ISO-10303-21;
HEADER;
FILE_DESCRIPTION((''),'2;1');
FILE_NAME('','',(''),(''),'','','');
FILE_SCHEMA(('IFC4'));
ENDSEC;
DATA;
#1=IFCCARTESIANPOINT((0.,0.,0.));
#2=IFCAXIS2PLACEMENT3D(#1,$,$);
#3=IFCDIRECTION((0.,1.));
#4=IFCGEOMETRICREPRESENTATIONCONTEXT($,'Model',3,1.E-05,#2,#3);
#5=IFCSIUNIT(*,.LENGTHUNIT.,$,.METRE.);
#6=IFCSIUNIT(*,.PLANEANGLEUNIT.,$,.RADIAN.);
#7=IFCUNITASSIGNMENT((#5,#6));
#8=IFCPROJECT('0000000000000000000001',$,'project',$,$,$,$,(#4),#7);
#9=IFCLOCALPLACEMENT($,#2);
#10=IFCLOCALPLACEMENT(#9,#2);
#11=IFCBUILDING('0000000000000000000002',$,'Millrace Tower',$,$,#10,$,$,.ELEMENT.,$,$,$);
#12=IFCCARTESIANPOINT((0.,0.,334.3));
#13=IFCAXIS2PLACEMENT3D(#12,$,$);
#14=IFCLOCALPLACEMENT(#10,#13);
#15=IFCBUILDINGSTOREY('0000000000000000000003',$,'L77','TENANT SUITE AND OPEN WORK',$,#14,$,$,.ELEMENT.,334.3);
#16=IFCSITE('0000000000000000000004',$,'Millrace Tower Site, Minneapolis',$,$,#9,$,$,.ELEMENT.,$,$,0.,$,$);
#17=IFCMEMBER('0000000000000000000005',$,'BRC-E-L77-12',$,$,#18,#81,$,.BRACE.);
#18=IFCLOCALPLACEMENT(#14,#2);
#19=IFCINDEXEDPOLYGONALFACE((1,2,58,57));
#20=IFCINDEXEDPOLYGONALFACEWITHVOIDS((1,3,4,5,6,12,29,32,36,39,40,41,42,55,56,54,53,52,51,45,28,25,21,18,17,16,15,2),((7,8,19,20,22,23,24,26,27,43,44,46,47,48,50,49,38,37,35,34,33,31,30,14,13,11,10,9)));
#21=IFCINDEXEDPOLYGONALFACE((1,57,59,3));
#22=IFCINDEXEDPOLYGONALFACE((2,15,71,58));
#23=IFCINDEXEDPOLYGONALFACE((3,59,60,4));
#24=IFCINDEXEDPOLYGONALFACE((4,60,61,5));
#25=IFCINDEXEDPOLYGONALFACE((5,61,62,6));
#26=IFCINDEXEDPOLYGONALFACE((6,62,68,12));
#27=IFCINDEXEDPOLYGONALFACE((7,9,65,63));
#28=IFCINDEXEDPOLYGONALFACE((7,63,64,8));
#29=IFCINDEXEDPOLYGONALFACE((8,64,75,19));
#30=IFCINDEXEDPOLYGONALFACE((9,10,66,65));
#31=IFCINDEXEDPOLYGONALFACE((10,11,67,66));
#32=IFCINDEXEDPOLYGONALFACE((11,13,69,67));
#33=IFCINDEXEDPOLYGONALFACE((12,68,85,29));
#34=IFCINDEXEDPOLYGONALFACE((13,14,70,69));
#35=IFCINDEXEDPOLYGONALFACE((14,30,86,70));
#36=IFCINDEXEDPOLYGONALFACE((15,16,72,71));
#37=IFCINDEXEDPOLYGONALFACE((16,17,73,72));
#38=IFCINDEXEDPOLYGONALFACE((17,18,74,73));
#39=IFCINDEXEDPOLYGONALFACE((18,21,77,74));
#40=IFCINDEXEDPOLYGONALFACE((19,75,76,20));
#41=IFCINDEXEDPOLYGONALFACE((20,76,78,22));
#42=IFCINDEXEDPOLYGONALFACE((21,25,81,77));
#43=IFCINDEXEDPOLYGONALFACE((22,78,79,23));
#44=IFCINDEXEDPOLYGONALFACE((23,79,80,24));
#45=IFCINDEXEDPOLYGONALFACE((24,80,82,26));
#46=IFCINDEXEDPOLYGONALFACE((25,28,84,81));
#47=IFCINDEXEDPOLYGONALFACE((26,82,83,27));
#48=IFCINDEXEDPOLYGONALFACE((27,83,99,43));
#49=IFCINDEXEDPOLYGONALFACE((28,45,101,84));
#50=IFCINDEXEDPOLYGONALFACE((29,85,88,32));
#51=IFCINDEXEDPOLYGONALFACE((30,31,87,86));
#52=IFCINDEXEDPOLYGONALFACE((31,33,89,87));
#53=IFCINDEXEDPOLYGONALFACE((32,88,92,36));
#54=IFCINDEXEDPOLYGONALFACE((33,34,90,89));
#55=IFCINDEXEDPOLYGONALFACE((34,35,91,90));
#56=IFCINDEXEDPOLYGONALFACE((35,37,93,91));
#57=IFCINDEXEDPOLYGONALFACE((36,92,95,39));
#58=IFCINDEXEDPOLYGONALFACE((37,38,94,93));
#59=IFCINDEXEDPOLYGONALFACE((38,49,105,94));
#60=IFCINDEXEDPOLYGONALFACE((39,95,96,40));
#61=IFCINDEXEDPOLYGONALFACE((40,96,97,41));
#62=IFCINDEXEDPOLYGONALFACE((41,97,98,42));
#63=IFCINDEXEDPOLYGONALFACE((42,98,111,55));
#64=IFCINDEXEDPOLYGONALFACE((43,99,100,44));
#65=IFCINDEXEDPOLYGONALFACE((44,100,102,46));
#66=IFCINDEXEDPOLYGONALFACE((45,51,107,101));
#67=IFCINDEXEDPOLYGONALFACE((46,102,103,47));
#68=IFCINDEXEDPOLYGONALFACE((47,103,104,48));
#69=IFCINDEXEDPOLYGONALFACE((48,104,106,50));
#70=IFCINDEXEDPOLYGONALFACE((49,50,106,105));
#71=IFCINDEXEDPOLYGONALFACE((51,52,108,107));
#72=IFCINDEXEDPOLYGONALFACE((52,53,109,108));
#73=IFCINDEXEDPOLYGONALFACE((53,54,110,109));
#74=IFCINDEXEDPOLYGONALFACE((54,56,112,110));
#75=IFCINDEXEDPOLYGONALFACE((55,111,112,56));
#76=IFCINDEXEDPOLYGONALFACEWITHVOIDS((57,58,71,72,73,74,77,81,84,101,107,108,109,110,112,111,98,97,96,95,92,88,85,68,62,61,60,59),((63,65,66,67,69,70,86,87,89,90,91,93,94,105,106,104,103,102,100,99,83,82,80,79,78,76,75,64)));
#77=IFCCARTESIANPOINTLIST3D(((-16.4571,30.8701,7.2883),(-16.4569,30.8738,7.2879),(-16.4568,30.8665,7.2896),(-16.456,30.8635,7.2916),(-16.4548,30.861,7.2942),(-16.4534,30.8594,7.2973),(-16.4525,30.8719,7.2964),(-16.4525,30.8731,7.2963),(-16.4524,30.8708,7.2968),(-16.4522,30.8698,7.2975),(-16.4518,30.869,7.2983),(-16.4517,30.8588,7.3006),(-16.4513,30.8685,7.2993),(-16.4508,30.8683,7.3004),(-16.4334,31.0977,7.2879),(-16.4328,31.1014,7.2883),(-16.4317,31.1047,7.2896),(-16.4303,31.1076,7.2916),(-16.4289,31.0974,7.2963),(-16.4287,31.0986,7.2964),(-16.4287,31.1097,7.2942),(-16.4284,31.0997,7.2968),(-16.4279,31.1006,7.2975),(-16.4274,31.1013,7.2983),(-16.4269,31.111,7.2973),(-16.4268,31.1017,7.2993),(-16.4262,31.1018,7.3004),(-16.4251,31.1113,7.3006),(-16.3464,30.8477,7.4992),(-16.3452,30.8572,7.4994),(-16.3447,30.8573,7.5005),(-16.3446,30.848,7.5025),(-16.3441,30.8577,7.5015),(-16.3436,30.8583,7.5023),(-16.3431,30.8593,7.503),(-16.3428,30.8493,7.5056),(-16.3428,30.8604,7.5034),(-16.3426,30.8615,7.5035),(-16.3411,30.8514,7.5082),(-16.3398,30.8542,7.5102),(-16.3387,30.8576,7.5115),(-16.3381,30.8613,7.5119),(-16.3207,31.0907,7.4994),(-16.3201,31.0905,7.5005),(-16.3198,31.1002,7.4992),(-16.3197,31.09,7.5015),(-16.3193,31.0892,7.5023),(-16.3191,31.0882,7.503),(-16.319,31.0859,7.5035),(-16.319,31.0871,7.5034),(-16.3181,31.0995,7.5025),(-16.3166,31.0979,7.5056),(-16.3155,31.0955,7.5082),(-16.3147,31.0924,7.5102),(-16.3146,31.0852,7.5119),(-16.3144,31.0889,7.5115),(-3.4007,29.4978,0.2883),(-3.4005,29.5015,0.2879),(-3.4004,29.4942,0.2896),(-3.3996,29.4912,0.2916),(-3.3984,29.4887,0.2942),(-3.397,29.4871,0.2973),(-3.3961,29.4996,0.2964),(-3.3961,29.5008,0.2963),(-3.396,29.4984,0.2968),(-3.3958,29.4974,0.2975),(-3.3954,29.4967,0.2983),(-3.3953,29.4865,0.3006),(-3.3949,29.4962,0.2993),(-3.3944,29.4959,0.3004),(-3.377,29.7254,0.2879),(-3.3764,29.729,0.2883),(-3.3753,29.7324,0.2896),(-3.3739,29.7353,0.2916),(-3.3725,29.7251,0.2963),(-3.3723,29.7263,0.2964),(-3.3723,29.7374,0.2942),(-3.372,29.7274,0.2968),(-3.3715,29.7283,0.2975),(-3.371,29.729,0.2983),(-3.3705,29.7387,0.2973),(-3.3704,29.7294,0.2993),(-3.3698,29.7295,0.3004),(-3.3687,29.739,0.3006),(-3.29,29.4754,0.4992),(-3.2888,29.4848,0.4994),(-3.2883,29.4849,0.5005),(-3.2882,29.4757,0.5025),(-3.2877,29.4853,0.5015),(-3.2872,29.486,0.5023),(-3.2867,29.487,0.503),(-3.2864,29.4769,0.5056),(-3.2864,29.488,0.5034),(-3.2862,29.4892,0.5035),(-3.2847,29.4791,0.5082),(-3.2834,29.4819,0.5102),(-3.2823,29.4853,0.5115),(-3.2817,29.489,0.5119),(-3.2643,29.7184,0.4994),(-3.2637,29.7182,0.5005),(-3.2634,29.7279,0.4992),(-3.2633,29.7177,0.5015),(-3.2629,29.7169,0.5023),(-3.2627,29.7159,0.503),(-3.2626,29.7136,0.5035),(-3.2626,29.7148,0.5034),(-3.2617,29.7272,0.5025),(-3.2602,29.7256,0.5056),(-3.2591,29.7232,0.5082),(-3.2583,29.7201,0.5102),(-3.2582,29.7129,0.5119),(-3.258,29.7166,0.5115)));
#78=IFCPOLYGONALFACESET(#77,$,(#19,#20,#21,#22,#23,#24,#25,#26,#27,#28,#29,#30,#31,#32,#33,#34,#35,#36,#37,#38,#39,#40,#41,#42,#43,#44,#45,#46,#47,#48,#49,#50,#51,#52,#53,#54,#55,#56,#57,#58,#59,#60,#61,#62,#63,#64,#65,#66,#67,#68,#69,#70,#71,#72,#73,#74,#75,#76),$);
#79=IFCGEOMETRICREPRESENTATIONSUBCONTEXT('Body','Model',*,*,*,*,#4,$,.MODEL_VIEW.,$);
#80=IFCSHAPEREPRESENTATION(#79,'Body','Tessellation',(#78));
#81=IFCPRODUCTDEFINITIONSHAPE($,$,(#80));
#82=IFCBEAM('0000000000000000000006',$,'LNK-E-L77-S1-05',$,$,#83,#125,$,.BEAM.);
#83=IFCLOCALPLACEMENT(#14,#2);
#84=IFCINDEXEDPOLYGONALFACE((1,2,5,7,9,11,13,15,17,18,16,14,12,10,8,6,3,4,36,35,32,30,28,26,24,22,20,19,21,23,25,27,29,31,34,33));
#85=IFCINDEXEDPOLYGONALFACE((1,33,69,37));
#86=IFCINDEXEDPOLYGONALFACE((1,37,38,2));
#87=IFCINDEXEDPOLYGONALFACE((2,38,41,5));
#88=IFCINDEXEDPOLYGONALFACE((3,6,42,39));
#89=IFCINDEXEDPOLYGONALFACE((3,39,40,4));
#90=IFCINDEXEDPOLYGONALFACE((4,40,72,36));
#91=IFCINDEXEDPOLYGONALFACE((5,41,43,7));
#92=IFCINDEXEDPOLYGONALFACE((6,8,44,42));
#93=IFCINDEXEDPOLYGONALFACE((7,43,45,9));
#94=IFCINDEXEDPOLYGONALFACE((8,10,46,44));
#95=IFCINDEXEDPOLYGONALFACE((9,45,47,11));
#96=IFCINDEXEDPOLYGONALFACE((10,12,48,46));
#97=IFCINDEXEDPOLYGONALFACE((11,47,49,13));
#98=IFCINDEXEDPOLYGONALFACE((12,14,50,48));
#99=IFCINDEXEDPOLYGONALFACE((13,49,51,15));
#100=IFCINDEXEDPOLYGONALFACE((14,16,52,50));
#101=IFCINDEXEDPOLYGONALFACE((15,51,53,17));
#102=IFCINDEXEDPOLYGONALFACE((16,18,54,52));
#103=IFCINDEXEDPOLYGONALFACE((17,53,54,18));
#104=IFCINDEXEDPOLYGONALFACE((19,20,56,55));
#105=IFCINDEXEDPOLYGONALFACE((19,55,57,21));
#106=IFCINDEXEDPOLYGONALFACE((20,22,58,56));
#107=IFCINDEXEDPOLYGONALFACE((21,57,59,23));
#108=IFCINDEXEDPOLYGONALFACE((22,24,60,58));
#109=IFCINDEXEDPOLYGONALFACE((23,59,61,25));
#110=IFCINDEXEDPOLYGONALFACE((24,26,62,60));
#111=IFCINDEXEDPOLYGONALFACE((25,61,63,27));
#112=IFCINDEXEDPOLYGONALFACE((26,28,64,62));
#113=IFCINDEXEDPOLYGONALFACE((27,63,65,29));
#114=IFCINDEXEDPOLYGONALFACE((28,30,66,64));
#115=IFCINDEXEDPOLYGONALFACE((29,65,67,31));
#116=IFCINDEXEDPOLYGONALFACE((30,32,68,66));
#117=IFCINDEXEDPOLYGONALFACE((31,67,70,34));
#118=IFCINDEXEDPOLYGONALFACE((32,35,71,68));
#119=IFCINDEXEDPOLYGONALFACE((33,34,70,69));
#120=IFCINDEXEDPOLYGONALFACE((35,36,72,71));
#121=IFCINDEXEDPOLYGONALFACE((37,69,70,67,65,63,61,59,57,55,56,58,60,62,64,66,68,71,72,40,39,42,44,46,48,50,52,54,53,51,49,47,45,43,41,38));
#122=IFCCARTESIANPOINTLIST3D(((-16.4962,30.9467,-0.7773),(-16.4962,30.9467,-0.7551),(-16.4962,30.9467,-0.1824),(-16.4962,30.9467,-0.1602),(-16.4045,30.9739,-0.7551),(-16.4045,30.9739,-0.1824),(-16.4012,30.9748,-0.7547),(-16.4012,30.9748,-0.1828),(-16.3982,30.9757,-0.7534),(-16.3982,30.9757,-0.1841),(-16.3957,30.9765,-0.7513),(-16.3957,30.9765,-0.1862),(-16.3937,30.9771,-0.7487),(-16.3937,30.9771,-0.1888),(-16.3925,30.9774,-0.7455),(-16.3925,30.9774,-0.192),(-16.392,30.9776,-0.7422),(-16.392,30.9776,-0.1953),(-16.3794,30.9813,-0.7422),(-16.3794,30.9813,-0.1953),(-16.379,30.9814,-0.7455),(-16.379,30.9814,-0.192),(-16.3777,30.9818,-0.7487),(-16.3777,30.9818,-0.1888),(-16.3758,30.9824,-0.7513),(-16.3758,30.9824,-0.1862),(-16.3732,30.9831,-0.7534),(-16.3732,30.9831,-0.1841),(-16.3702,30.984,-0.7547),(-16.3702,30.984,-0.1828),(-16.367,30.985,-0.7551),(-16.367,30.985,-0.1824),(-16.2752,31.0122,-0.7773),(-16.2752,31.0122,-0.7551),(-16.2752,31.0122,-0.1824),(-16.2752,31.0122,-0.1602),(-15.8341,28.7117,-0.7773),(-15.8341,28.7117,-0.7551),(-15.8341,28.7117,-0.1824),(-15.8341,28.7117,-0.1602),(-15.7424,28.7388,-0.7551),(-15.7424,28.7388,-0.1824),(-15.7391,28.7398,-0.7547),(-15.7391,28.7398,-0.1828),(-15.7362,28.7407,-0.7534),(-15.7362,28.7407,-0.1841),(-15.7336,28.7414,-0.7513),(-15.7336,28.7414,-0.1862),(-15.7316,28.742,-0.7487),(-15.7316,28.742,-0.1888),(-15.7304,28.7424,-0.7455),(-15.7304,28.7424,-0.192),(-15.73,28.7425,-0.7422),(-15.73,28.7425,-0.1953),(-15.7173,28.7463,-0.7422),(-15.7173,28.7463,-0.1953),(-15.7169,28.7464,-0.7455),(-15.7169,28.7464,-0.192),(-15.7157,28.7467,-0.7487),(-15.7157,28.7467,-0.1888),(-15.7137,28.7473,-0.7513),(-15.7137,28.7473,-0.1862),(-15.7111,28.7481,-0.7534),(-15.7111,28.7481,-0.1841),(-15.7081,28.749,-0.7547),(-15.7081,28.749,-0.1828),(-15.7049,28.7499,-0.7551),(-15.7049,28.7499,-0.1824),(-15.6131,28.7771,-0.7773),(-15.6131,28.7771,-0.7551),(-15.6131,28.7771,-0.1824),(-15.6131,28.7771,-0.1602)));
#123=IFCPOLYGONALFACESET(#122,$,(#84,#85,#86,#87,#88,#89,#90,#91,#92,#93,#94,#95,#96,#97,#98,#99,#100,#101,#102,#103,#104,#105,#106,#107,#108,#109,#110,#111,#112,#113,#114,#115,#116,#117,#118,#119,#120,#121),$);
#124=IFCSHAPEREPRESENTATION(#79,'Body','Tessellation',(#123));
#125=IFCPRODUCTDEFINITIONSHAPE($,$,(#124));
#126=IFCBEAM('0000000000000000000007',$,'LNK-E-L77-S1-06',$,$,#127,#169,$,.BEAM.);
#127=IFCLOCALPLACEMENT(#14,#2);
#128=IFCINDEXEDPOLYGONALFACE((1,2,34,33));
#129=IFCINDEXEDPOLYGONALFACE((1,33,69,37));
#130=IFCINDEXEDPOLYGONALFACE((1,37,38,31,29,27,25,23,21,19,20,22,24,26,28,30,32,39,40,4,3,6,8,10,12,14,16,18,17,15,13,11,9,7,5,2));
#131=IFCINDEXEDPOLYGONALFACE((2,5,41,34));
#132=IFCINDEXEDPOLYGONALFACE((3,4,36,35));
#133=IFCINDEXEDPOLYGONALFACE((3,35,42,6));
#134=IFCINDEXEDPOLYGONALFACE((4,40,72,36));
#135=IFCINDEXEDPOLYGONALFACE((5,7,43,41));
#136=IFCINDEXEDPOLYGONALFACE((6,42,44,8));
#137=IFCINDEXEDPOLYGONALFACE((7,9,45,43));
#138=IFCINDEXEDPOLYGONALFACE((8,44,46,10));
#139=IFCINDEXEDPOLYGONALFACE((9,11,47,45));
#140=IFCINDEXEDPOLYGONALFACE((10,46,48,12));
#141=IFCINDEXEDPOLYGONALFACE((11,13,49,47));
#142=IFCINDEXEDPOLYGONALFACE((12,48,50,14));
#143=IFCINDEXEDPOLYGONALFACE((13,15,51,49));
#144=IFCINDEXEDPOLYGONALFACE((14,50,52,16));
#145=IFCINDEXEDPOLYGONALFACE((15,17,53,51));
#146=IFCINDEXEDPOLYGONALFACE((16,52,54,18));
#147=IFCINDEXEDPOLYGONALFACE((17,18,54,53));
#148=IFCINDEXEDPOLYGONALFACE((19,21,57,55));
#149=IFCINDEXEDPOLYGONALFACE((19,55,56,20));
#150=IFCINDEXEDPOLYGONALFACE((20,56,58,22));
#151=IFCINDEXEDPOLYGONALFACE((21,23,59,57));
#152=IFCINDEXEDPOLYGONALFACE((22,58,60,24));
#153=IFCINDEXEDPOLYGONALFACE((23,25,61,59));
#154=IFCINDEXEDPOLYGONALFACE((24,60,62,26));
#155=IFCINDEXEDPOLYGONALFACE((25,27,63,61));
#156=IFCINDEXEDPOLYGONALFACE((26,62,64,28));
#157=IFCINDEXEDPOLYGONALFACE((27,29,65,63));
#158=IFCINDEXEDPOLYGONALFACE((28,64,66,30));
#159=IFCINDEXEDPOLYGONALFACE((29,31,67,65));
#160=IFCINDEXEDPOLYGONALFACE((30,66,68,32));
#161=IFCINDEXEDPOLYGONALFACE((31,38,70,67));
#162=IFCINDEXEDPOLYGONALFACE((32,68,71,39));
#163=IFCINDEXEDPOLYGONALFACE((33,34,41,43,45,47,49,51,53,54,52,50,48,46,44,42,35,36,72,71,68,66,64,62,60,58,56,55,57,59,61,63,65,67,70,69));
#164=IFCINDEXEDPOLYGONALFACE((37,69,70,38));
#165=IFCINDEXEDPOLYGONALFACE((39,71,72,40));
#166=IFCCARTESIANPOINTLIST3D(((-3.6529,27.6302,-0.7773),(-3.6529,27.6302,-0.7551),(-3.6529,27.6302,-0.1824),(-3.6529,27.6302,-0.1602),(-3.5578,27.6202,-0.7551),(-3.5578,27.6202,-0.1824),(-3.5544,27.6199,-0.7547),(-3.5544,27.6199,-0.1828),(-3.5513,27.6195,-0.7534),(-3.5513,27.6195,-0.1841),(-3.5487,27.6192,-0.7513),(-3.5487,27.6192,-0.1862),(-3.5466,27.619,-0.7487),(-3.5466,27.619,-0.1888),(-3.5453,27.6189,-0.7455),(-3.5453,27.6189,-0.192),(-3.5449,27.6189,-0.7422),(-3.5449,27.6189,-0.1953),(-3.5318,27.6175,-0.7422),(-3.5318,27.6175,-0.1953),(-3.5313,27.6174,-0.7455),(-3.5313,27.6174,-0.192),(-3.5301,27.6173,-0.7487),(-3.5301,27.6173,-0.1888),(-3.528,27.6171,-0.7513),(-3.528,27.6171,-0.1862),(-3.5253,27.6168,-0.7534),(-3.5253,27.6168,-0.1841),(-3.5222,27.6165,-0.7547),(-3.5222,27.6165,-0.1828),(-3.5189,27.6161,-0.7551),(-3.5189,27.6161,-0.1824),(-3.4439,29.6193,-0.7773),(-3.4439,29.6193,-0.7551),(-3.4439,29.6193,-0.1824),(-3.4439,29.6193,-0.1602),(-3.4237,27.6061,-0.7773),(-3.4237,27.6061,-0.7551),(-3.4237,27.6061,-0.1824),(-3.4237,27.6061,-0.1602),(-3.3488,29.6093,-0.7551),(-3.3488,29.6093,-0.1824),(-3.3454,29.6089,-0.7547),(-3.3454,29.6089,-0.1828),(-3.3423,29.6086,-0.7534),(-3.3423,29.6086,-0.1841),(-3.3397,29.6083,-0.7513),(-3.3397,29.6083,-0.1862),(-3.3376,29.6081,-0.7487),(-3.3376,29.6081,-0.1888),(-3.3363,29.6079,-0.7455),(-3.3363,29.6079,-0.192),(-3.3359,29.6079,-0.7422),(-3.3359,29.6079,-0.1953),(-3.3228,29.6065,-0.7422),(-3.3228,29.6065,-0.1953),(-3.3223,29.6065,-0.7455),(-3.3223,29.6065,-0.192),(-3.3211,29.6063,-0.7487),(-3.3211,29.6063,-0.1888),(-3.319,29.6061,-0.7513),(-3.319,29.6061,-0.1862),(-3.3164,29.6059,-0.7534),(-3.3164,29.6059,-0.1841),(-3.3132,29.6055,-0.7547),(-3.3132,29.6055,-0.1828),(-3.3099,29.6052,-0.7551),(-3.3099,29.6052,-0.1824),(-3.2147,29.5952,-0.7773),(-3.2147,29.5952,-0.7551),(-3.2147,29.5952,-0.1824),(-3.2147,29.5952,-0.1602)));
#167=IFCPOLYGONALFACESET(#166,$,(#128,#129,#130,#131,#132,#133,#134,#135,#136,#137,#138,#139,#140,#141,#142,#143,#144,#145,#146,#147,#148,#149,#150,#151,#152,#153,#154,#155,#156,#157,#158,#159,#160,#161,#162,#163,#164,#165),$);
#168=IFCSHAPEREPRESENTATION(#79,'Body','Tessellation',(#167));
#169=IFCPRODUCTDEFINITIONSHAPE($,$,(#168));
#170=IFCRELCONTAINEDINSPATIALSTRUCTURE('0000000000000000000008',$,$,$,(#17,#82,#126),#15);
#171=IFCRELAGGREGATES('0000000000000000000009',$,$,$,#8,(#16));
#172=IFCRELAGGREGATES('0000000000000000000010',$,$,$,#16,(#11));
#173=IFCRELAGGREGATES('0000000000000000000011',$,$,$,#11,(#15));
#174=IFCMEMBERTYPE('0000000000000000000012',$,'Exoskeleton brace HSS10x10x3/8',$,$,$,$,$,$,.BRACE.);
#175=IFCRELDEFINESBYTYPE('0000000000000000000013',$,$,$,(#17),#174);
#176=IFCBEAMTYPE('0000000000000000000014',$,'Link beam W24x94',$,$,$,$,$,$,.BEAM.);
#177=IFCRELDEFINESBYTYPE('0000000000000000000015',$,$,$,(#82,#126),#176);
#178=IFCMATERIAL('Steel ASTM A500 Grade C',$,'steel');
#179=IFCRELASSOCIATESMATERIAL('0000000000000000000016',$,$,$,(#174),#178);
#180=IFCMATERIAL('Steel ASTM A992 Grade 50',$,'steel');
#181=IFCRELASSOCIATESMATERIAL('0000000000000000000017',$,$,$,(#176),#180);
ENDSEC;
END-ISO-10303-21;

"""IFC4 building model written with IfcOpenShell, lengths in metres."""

from ifc_helpers import new_model, si_unit, direction, frame, origin, origin_2d, place, context, subcontext, project, spatial, hollow_rectangle, i_section, extrude, material, material_profile, profile_set, type_object, element, save


model = new_model("IFC4")

# Units and contexts
model_context = context("Model", 3, precision=1e-05, world=origin(), true_north=direction((0.0, 1.0)))
body_context = subcontext(model_context, "Body", "Model", "MODEL_VIEW")
ifc_project = project(units=[si_unit("LENGTHUNIT", "METRE"), si_unit("PLANEANGLEUNIT", "RADIAN")], contexts=[model_context])

# Site, building, storey
site_placement = place(None, origin())
site = spatial("IfcSite", under=ifc_project, at=site_placement, Name="Millrace Tower Site, Minneapolis", CompositionType="ELEMENT", RefElevation=0.0)
building_placement = place(site_placement, origin())
building = spatial("IfcBuilding", under=site, at=building_placement, Name="Millrace Tower", CompositionType="ELEMENT")
storey_placement = place(building_placement, frame((0.0, 0.0, 334.3)))
storey = spatial("IfcBuildingStorey", under=building, at=storey_placement, Name="L77", Description="TENANT SUITE AND OPEN WORK", CompositionType="ELEMENT", Elevation=334.3)

# Member
ifc_material_1 = material(Name="Steel ASTM A500 Grade C", Category="steel")
ifc_material_profile_1 = material_profile(ifc_material_1, hollow_rectangle(XDim=0.2539, YDim=0.2539, WallThickness=0.0095, InnerFilletRadius=0.0046, OuterFilletRadius=0.0144, at=origin_2d()))
ifc_profile_set_1 = profile_set([ifc_material_profile_1], Name="Steel ASTM A500 Grade C")
member_type_1 = type_object("IfcMemberType", Name="Exoskeleton brace HSS10x10x3/8", PredefinedType="BRACE", material=ifc_profile_set_1)
member_1_placement = place(storey_placement, frame((-3.3293, 29.6072, 0.3999), z_axis=(-0.877568, 0.092238, 0.470496), x_axis=(-0.104531, -0.994522, 0.0)))
element("IfcMember", 1, at=member_1_placement, inside=storey, type_object=member_type_1, Name="BRC-E-L77-12", PredefinedType="BRACE", context=body_context, shape_type="SweptSolid", body=[
    extrude(hollow_rectangle(XDim=0.2539, YDim=0.2539, WallThickness=0.0095, InnerFilletRadius=0.0046, OuterFilletRadius=0.0144, at=origin_2d()), origin(), (0.0, 0.0, 1.0), 14.8779),
])

# Beams
ifc_material_2 = material(Name="Steel ASTM A992 Grade 50", Category="steel")
ifc_material_profile_2 = material_profile(ifc_material_2, i_section(OverallWidth=0.2305, OverallDepth=0.6172, WebThickness=0.0132, FlangeThickness=0.0222, FilletRadius=0.0129, at=origin_2d()))
ifc_profile_set_2 = profile_set([ifc_material_profile_2], Name="Steel ASTM A992 Grade 50")
beam_type_1 = type_object("IfcBeamType", Name="Link beam W24x94", PredefinedType="BEAM", material=ifc_profile_set_2)
beam_1_placement = place(storey_placement, frame((-15.7236, 28.7444, -0.4688), z_axis=(-0.284031, 0.958815, 0.0), x_axis=(-0.958815, -0.284031, 0.0)))
element("IfcBeam", 2, at=beam_1_placement, inside=storey, type_object=beam_type_1, Name="LNK-E-L77-S1-05", PredefinedType="BEAM", context=body_context, shape_type="SweptSolid", body=[
    extrude(i_section(OverallWidth=0.2305, OverallDepth=0.6172, WebThickness=0.0132, FlangeThickness=0.0222, FilletRadius=0.0129, at=origin_2d()), origin(), (0.0, 0.0, 1.0), 2.3311),
])
beam_2_placement = place(storey_placement, frame((-3.5383, 27.6182, -0.4688), z_axis=(0.104494, 0.994526, 0.0), x_axis=(-0.994526, 0.104494, 0.0)))
element("IfcBeam", 3, at=beam_2_placement, inside=storey, type_object=beam_type_1, Name="LNK-E-L77-S1-06", PredefinedType="BEAM", context=body_context, shape_type="SweptSolid", body=[
    extrude(i_section(OverallWidth=0.2305, OverallDepth=0.6172, WebThickness=0.0132, FlangeThickness=0.0222, FilletRadius=0.0129, at=origin_2d()), origin(), (0.0, 0.0, 1.0), 2.0),
])

save(model, "model.ifc")
